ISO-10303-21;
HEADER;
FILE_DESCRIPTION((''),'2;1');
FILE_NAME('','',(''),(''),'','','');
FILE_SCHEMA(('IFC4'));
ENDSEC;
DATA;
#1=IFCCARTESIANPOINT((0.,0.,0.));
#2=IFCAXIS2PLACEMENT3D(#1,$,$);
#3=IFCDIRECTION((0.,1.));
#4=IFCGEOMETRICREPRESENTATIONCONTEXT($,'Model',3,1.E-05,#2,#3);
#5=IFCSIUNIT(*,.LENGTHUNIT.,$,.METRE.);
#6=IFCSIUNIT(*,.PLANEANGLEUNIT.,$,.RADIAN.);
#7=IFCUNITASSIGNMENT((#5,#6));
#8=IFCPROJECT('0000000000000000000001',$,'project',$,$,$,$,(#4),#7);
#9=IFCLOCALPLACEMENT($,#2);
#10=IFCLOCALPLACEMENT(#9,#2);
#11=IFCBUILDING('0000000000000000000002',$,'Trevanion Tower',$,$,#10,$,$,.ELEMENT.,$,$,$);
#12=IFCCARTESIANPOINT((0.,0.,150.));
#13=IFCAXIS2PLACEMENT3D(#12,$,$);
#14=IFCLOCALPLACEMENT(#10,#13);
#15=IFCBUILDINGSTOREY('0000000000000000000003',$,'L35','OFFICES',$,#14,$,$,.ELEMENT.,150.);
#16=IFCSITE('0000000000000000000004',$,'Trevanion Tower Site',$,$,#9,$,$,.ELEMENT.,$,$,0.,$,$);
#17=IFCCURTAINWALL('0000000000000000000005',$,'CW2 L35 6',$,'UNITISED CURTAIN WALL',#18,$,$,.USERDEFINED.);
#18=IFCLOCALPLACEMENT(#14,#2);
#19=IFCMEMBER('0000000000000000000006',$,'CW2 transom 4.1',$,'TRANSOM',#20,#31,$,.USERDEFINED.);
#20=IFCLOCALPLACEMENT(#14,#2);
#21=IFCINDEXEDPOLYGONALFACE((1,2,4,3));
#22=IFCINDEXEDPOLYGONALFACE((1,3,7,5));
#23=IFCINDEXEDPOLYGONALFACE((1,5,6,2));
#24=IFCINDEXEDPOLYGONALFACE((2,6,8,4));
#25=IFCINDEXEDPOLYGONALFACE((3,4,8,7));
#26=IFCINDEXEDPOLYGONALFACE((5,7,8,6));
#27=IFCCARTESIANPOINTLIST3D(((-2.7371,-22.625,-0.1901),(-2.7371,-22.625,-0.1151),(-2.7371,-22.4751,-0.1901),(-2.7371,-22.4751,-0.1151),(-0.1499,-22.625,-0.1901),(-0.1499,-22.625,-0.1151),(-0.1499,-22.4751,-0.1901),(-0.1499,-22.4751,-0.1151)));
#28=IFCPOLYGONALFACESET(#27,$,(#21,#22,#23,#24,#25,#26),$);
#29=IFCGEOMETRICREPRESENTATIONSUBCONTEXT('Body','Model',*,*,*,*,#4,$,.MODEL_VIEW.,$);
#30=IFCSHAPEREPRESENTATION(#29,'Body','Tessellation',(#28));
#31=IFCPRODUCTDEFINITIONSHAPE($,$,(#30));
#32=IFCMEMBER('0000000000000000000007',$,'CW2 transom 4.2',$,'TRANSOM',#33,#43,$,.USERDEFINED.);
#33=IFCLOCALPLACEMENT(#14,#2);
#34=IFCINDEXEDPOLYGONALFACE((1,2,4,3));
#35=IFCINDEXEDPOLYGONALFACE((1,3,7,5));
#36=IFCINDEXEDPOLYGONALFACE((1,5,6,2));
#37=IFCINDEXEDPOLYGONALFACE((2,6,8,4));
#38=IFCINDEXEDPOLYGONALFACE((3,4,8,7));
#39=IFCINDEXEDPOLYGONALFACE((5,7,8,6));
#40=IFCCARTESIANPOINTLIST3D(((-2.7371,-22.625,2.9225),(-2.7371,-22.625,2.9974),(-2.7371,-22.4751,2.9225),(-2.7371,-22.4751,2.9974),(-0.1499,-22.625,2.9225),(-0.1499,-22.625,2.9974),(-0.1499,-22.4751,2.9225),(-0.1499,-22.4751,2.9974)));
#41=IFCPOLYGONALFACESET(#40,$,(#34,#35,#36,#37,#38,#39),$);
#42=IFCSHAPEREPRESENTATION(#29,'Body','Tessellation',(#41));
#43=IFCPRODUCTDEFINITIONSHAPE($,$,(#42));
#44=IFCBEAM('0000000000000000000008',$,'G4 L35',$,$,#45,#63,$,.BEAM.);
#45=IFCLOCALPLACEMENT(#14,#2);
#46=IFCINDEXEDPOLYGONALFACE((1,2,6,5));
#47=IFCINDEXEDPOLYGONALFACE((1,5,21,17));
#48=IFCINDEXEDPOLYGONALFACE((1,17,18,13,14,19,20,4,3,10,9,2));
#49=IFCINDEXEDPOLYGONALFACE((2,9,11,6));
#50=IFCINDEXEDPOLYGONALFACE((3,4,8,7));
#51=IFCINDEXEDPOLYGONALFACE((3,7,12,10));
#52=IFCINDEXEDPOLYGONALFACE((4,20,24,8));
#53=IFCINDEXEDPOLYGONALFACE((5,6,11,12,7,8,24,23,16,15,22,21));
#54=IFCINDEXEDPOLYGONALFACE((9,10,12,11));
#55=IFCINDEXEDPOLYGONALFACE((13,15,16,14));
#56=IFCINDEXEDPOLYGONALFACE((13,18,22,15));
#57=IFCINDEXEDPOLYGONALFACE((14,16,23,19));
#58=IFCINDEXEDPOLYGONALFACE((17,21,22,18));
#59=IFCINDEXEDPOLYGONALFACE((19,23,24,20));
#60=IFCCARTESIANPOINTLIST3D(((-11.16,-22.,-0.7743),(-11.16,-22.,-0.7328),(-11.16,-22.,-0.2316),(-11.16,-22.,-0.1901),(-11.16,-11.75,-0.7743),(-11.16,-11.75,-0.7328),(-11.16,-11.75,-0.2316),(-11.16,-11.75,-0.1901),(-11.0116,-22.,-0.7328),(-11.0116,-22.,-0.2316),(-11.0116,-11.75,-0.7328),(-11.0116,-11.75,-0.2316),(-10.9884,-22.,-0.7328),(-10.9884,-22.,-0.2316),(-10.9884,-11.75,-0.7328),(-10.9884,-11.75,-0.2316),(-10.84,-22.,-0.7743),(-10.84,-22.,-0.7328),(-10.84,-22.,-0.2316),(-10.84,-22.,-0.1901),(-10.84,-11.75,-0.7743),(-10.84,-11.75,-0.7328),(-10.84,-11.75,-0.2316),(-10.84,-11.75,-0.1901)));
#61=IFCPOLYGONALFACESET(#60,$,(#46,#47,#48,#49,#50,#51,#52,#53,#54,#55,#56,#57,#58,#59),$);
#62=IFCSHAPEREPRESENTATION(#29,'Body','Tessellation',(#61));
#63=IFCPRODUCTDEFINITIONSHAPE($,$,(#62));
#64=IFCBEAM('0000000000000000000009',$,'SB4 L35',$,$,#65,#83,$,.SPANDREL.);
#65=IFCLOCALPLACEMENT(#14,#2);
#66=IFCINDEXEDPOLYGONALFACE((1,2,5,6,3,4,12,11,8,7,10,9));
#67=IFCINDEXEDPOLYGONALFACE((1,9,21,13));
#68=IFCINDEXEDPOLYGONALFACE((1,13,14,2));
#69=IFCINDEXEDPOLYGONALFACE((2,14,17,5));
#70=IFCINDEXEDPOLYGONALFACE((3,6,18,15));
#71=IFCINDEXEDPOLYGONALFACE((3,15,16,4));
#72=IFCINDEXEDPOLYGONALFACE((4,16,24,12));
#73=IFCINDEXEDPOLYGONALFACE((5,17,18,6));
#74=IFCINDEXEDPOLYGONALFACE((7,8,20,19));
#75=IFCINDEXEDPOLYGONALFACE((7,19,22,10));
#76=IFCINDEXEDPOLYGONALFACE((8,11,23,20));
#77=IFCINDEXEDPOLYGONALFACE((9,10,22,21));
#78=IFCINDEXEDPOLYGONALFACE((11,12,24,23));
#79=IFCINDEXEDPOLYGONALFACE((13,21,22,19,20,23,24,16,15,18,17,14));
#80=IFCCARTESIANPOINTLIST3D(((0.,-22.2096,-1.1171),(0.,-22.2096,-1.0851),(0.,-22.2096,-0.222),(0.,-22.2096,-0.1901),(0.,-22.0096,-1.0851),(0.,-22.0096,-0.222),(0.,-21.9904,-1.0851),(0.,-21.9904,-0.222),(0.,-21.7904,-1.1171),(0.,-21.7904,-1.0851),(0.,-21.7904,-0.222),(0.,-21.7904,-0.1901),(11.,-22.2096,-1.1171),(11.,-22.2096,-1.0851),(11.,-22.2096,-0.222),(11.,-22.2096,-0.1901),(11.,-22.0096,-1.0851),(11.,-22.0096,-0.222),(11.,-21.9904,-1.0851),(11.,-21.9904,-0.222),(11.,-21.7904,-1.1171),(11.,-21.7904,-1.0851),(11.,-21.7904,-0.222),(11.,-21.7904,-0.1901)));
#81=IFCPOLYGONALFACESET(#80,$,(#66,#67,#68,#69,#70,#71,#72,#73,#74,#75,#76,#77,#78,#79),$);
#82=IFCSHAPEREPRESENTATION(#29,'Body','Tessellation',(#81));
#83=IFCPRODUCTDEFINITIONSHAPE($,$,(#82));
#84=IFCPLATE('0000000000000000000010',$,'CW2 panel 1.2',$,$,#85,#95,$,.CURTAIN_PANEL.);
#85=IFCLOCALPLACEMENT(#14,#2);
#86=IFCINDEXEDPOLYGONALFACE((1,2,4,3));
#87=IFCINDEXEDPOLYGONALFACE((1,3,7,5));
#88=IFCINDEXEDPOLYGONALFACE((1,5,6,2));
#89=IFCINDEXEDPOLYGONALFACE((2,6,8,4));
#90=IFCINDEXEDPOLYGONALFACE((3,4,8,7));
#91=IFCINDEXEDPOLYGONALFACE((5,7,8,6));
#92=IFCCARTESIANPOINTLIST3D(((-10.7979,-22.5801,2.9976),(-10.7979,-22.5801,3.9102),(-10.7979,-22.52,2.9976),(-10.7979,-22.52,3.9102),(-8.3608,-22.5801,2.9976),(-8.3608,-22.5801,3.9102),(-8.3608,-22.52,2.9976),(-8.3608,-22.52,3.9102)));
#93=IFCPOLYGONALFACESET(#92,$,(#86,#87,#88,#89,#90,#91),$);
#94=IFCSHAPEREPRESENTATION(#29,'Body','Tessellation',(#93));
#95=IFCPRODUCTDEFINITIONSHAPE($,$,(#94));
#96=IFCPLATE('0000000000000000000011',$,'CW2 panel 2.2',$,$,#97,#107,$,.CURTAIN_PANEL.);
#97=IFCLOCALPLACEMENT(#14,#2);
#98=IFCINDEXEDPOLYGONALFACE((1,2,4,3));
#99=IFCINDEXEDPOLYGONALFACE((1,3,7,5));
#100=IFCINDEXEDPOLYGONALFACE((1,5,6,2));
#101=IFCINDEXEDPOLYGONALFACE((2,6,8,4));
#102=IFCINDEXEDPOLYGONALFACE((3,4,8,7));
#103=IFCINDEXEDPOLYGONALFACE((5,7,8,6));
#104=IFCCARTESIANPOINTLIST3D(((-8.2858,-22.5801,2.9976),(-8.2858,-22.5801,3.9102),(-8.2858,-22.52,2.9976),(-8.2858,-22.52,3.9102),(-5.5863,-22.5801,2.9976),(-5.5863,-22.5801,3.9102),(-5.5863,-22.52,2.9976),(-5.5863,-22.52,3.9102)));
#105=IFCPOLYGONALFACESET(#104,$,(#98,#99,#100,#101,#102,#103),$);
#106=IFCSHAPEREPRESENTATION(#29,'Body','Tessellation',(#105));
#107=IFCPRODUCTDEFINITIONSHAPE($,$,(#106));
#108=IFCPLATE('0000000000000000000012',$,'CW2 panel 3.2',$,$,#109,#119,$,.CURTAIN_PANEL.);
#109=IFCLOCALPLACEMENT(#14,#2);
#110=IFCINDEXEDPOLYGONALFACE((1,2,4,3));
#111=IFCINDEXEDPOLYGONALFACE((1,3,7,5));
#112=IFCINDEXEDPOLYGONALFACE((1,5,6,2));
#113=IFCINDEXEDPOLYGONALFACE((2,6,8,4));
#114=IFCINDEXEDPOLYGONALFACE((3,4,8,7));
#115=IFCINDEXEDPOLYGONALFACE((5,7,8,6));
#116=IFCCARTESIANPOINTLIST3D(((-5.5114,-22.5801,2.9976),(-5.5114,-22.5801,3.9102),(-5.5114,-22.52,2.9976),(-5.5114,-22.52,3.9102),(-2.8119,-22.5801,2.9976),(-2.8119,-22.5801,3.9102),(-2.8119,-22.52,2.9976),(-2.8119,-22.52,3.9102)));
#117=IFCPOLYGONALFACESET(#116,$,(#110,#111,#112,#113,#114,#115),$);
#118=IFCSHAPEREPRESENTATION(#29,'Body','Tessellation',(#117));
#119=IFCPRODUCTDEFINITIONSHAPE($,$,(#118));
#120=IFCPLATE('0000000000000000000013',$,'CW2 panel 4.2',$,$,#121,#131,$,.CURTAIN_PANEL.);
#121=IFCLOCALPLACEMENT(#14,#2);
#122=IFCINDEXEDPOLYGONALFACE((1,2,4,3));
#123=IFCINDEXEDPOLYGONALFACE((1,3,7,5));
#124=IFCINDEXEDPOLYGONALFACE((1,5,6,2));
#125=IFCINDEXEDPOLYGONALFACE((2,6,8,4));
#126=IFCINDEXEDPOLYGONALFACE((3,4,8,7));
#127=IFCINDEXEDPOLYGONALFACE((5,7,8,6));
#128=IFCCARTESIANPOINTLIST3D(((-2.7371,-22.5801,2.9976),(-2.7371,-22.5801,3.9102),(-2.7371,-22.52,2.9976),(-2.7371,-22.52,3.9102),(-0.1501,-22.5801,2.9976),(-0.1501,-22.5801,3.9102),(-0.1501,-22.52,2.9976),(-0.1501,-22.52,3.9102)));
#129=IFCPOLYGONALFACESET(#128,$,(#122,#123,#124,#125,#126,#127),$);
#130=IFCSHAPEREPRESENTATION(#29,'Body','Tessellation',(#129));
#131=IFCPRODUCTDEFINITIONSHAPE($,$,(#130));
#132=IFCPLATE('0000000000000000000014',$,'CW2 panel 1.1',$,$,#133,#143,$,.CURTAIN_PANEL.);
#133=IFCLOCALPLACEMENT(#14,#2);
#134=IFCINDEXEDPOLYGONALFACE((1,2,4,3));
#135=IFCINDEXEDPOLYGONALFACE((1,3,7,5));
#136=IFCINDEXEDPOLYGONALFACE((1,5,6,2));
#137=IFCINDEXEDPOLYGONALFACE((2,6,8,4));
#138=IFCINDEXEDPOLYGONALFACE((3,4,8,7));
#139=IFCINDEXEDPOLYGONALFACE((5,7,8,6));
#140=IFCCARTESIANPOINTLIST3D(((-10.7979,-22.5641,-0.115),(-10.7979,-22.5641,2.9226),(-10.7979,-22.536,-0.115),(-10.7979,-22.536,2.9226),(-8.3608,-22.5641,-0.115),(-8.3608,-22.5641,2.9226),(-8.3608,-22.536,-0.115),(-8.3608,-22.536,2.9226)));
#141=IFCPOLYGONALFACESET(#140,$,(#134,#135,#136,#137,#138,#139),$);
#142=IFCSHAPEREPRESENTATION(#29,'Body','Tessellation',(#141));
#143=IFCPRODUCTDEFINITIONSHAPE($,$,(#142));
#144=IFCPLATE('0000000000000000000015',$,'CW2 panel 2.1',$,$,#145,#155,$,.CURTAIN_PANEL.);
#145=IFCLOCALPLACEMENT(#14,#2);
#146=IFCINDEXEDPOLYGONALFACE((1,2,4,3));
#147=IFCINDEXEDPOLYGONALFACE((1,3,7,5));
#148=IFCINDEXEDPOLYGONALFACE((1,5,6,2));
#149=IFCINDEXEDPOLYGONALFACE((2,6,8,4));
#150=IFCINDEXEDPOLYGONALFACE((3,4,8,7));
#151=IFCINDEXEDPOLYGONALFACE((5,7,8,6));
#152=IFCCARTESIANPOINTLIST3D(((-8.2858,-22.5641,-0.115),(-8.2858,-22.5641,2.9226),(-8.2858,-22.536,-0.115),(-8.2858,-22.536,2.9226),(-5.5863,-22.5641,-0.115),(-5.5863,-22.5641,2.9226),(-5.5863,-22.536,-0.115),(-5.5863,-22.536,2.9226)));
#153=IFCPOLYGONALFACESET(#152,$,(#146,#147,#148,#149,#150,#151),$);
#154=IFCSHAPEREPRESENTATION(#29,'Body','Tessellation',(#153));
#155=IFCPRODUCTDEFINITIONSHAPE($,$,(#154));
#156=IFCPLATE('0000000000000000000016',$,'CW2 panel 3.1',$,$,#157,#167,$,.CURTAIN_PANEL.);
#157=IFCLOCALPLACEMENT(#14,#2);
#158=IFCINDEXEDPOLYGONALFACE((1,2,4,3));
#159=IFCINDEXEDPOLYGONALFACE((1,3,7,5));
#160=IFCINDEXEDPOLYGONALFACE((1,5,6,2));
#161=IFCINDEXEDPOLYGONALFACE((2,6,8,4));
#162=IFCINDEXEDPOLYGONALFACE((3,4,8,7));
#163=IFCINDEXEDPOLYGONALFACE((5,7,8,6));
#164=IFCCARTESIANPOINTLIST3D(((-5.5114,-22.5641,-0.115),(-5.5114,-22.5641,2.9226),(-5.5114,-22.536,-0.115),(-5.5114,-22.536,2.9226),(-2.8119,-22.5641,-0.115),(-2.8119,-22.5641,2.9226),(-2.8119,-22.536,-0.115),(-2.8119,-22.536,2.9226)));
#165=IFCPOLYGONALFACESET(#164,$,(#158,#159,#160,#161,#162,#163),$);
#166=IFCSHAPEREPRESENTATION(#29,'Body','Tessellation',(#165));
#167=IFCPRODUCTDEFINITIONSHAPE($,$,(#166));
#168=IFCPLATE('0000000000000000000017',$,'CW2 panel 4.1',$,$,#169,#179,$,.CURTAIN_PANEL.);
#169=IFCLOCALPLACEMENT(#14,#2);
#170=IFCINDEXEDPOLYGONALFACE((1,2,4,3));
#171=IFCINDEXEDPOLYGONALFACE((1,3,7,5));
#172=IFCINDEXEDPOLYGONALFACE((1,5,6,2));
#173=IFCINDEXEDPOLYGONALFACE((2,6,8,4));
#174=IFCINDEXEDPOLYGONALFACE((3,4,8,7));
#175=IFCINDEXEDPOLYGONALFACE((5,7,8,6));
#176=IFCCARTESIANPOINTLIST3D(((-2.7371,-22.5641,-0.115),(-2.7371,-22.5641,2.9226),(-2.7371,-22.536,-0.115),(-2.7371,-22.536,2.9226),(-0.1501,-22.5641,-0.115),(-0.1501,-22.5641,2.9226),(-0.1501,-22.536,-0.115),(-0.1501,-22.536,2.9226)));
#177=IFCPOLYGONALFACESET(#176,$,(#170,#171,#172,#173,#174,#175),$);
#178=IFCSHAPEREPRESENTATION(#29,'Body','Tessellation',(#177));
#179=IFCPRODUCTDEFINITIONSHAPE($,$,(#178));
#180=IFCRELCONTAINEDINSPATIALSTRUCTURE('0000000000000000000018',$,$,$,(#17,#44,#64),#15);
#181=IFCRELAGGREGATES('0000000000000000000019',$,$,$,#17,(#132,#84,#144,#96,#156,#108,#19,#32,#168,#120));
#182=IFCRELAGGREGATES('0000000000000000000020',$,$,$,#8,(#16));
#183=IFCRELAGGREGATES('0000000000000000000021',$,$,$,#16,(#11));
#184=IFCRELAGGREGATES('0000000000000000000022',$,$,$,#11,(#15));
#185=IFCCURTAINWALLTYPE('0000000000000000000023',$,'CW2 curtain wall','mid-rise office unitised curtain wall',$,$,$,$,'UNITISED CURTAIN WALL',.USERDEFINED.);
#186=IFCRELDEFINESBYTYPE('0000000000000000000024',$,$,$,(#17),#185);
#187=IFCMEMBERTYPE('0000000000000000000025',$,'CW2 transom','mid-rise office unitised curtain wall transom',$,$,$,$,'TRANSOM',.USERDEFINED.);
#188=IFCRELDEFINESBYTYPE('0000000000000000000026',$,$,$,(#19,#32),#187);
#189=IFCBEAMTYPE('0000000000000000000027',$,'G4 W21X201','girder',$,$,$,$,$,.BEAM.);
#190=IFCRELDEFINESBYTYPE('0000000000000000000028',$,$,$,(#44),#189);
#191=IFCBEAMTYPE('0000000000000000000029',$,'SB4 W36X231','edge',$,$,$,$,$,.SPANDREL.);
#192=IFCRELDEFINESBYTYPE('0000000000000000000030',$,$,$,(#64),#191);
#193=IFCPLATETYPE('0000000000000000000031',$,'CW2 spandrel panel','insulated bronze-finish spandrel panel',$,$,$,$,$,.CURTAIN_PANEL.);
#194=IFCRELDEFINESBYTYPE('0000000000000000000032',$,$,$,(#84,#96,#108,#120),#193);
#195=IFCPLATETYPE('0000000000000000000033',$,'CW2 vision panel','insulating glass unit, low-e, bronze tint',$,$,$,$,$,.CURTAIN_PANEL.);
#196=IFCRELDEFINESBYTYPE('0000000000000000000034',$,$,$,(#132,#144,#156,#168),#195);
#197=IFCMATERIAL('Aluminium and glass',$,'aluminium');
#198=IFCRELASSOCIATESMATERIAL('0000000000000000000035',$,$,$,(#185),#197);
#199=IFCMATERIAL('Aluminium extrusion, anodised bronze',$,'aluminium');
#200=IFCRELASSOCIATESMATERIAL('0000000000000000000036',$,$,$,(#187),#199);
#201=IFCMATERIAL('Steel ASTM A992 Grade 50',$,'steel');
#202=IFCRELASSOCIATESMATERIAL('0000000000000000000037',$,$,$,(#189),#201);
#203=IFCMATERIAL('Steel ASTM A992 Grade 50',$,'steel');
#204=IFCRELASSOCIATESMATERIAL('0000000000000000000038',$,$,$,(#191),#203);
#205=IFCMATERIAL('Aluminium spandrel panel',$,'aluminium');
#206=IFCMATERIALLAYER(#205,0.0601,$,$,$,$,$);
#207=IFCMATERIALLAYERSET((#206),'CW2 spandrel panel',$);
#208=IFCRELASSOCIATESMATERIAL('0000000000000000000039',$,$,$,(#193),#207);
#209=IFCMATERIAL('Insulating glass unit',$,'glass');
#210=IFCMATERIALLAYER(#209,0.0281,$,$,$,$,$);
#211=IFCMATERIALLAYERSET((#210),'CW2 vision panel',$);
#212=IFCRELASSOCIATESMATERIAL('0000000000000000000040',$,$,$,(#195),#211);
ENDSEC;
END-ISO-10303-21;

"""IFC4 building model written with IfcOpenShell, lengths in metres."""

from ifc_helpers import new_model, si_unit, direction, frame, origin, origin_2d, place, context, subcontext, project, spatial, rectangle, i_section, extrude, material, layer, layer_set, material_profile, profile_set, type_object, element, aggregate, save


model = new_model("IFC4")

# Units and contexts
model_context = context("Model", 3, precision=1e-05, world=origin(), true_north=direction((0.0, 1.0)))
body_context = subcontext(model_context, "Body", "Model", "MODEL_VIEW")
ifc_project = project(units=[si_unit("LENGTHUNIT", "METRE"), si_unit("PLANEANGLEUNIT", "RADIAN")], contexts=[model_context])

# Site, building, storey
site_placement = place(None, origin())
site = spatial("IfcSite", under=ifc_project, at=site_placement, Name="Trevanion Tower Site", CompositionType="ELEMENT", RefElevation=0.0)
building_placement = place(site_placement, origin())
building = spatial("IfcBuilding", under=site, at=building_placement, Name="Trevanion Tower", CompositionType="ELEMENT")
storey_placement = place(building_placement, frame((0.0, 0.0, 150.0)))
storey = spatial("IfcBuildingStorey", under=building, at=storey_placement, Name="L35", Description="OFFICES", CompositionType="ELEMENT", Elevation=150.0)

# Curtain wall, members
ifc_material_1 = material(Name="Aluminium and glass", Category="aluminium")
curtain_wall_type = type_object("IfcCurtainWallType", Name="CW2 curtain wall", Description="mid-rise office unitised curtain wall", ElementType="UNITISED CURTAIN WALL", PredefinedType="USERDEFINED", material=ifc_material_1)
curtain_wall_placement = place(storey_placement, origin())
curtain_wall = element("IfcCurtainWall", 1, at=curtain_wall_placement, inside=storey, type_object=curtain_wall_type, Name="CW2 L35 6", ObjectType="UNITISED CURTAIN WALL", PredefinedType="USERDEFINED")
ifc_material_2 = material(Name="Aluminium extrusion, anodised bronze", Category="aluminium")
ifc_material_profile_1 = material_profile(ifc_material_2, rectangle(XDim=0.1499, YDim=0.075, at=origin_2d()), Name="CW2 transom")
ifc_profile_set_1 = profile_set([ifc_material_profile_1], Name="Aluminium extrusion, anodised bronze")
member_type_1 = type_object("IfcMemberType", Name="CW2 transom", Description="mid-rise office unitised curtain wall transom", ElementType="TRANSOM", PredefinedType="USERDEFINED", material=ifc_profile_set_1)
member_1_placement = place(storey_placement, frame((-2.7371, -22.55, -0.1526), z_axis=(1.0, 0.0, 0.0), x_axis=(0.0, 1.0, 0.0)))
member_1 = element("IfcMember", 2, at=member_1_placement, type_object=member_type_1, Name="CW2 transom 4.1", ObjectType="TRANSOM", PredefinedType="USERDEFINED", context=body_context, shape_type="SweptSolid", body=[
    extrude(rectangle(XDim=0.1499, YDim=0.075, at=origin_2d()), origin(), (0.0, 0.0, 1.0), 2.5872),
])
member_2_placement = place(storey_placement, frame((-2.7371, -22.55, 2.96), z_axis=(1.0, 0.0, 0.0), x_axis=(0.0, 1.0, 0.0)))
member_2 = element("IfcMember", 3, at=member_2_placement, type_object=member_type_1, Name="CW2 transom 4.2", ObjectType="TRANSOM", PredefinedType="USERDEFINED", context=body_context, shape_type="SweptSolid", body=[
    extrude(rectangle(XDim=0.1499, YDim=0.075, at=origin_2d()), origin(), (0.0, 0.0, 1.0), 2.5872),
])

# Beams
ifc_material_3 = material(Name="Steel ASTM A992 Grade 50", Category="steel")
ifc_material_profile_2 = material_profile(ifc_material_3, i_section(OverallWidth=0.3201, OverallDepth=0.5842, WebThickness=0.0232, FlangeThickness=0.0415, at=origin_2d()), Name="W21X201")
ifc_profile_set_2 = profile_set([ifc_material_profile_2], Name="Steel ASTM A992 Grade 50")
beam_type_1 = type_object("IfcBeamType", Name="G4 W21X201", Description="girder", PredefinedType="BEAM", material=ifc_profile_set_2)
beam_1_placement = place(storey_placement, frame((-11.0, -11.75, -0.4822), z_axis=(0.0, -1.0, 0.0), x_axis=(1.0, 0.0, 0.0)))
element("IfcBeam", 4, at=beam_1_placement, inside=storey, type_object=beam_type_1, Name="G4 L35", PredefinedType="BEAM", context=body_context, shape_type="SweptSolid", body=[
    extrude(i_section(OverallWidth=0.3201, OverallDepth=0.5842, WebThickness=0.0232, FlangeThickness=0.0415, at=origin_2d()), origin(), (0.0, 0.0, 1.0), 10.25),
])
ifc_material_4 = material(Name="Steel ASTM A992 Grade 50", Category="steel")
ifc_material_profile_3 = material_profile(ifc_material_4, i_section(OverallWidth=0.4192, OverallDepth=0.927, WebThickness=0.0193, FlangeThickness=0.032, at=origin_2d()), Name="W36X231")
ifc_profile_set_3 = profile_set([ifc_material_profile_3], Name="Steel ASTM A992 Grade 50")
beam_type_2 = type_object("IfcBeamType", Name="SB4 W36X231", Description="edge", PredefinedType="SPANDREL", material=ifc_profile_set_3)
beam_2_placement = place(storey_placement, frame((0.0, -22.0, -0.6536), z_axis=(1.0, 0.0, 0.0), x_axis=(0.0, 1.0, 0.0)))
element("IfcBeam", 5, at=beam_2_placement, inside=storey, type_object=beam_type_2, Name="SB4 L35", PredefinedType="SPANDREL", context=body_context, shape_type="SweptSolid", body=[
    extrude(i_section(OverallWidth=0.4192, OverallDepth=0.927, WebThickness=0.0193, FlangeThickness=0.032, at=origin_2d()), origin(), (0.0, 0.0, 1.0), 11.0),
])

# Plates
ifc_material_5 = material(Name="Aluminium spandrel panel", Category="aluminium")
ifc_layer_1 = layer(ifc_material_5, 0.0601)
ifc_layer_set_1 = layer_set([ifc_layer_1], Name="CW2 spandrel panel")
plate_type_1 = type_object("IfcPlateType", Name="CW2 spandrel panel", Description="insulated bronze-finish spandrel panel", PredefinedType="CURTAIN_PANEL", material=ifc_layer_set_1)
plate_1_placement = place(storey_placement, frame((-9.5793, -22.55, 2.9976), z_axis=(0.0, 0.0, 1.0), x_axis=(1.0, 0.0, 0.0)))
plate_1 = element("IfcPlate", 6, at=plate_1_placement, type_object=plate_type_1, Name="CW2 panel 1.2", PredefinedType="CURTAIN_PANEL", context=body_context, shape_type="SweptSolid", body=[
    extrude(rectangle(XDim=2.437, YDim=0.0601, at=origin_2d()), origin(), (0.0, 0.0, 1.0), 0.9126),
])
plate_2_placement = place(storey_placement, frame((-6.936, -22.55, 2.9976), z_axis=(0.0, 0.0, 1.0), x_axis=(1.0, 0.0, 0.0)))
plate_2 = element("IfcPlate", 7, at=plate_2_placement, type_object=plate_type_1, Name="CW2 panel 2.2", PredefinedType="CURTAIN_PANEL", context=body_context, shape_type="SweptSolid", body=[
    extrude(rectangle(XDim=2.6995, YDim=0.0601, at=origin_2d()), origin(), (0.0, 0.0, 1.0), 0.9126),
])
plate_3_placement = place(storey_placement, frame((-4.1616, -22.55, 2.9976), z_axis=(0.0, 0.0, 1.0), x_axis=(1.0, 0.0, 0.0)))
plate_3 = element("IfcPlate", 8, at=plate_3_placement, type_object=plate_type_1, Name="CW2 panel 3.2", PredefinedType="CURTAIN_PANEL", context=body_context, shape_type="SweptSolid", body=[
    extrude(rectangle(XDim=2.6995, YDim=0.0601, at=origin_2d()), origin(), (0.0, 0.0, 1.0), 0.9126),
])
plate_4_placement = place(storey_placement, frame((-1.4436, -22.55, 2.9976), z_axis=(0.0, 0.0, 1.0), x_axis=(1.0, 0.0, 0.0)))
plate_4 = element("IfcPlate", 9, at=plate_4_placement, type_object=plate_type_1, Name="CW2 panel 4.2", PredefinedType="CURTAIN_PANEL", context=body_context, shape_type="SweptSolid", body=[
    extrude(rectangle(XDim=2.5869, YDim=0.0601, at=origin_2d()), origin(), (0.0, 0.0, 1.0), 0.9126),
])
ifc_material_6 = material(Name="Insulating glass unit", Category="glass")
ifc_layer_2 = layer(ifc_material_6, 0.0281)
ifc_layer_set_2 = layer_set([ifc_layer_2], Name="CW2 vision panel")
plate_type_2 = type_object("IfcPlateType", Name="CW2 vision panel", Description="insulating glass unit, low-e, bronze tint", PredefinedType="CURTAIN_PANEL", material=ifc_layer_set_2)
plate_5_placement = place(storey_placement, frame((-9.5793, -22.55, -0.115), z_axis=(0.0, 0.0, 1.0), x_axis=(1.0, 0.0, 0.0)))
plate_5 = element("IfcPlate", 10, at=plate_5_placement, type_object=plate_type_2, Name="CW2 panel 1.1", PredefinedType="CURTAIN_PANEL", context=body_context, shape_type="SweptSolid", body=[
    extrude(rectangle(XDim=2.437, YDim=0.0281, at=origin_2d()), origin(), (0.0, 0.0, 1.0), 3.0376),
])
plate_6_placement = place(storey_placement, frame((-6.936, -22.55, -0.115), z_axis=(0.0, 0.0, 1.0), x_axis=(1.0, 0.0, 0.0)))
plate_6 = element("IfcPlate", 11, at=plate_6_placement, type_object=plate_type_2, Name="CW2 panel 2.1", PredefinedType="CURTAIN_PANEL", context=body_context, shape_type="SweptSolid", body=[
    extrude(rectangle(XDim=2.6995, YDim=0.0281, at=origin_2d()), origin(), (0.0, 0.0, 1.0), 3.0376),
])
plate_7_placement = place(storey_placement, frame((-4.1616, -22.55, -0.115), z_axis=(0.0, 0.0, 1.0), x_axis=(1.0, 0.0, 0.0)))
plate_7 = element("IfcPlate", 12, at=plate_7_placement, type_object=plate_type_2, Name="CW2 panel 3.1", PredefinedType="CURTAIN_PANEL", context=body_context, shape_type="SweptSolid", body=[
    extrude(rectangle(XDim=2.6995, YDim=0.0281, at=origin_2d()), origin(), (0.0, 0.0, 1.0), 3.0376),
])
plate_8_placement = place(storey_placement, frame((-1.4436, -22.55, -0.115), z_axis=(0.0, 0.0, 1.0), x_axis=(1.0, 0.0, 0.0)))
plate_8 = element("IfcPlate", 13, at=plate_8_placement, type_object=plate_type_2, Name="CW2 panel 4.1", PredefinedType="CURTAIN_PANEL", context=body_context, shape_type="SweptSolid", body=[
    extrude(rectangle(XDim=2.5869, YDim=0.0281, at=origin_2d()), origin(), (0.0, 0.0, 1.0), 3.0376),
])
aggregate(curtain_wall, [plate_5, plate_1, plate_6, plate_2, plate_7, plate_3, member_1, member_2, plate_8, plate_4])

save(model, "model.ifc")
